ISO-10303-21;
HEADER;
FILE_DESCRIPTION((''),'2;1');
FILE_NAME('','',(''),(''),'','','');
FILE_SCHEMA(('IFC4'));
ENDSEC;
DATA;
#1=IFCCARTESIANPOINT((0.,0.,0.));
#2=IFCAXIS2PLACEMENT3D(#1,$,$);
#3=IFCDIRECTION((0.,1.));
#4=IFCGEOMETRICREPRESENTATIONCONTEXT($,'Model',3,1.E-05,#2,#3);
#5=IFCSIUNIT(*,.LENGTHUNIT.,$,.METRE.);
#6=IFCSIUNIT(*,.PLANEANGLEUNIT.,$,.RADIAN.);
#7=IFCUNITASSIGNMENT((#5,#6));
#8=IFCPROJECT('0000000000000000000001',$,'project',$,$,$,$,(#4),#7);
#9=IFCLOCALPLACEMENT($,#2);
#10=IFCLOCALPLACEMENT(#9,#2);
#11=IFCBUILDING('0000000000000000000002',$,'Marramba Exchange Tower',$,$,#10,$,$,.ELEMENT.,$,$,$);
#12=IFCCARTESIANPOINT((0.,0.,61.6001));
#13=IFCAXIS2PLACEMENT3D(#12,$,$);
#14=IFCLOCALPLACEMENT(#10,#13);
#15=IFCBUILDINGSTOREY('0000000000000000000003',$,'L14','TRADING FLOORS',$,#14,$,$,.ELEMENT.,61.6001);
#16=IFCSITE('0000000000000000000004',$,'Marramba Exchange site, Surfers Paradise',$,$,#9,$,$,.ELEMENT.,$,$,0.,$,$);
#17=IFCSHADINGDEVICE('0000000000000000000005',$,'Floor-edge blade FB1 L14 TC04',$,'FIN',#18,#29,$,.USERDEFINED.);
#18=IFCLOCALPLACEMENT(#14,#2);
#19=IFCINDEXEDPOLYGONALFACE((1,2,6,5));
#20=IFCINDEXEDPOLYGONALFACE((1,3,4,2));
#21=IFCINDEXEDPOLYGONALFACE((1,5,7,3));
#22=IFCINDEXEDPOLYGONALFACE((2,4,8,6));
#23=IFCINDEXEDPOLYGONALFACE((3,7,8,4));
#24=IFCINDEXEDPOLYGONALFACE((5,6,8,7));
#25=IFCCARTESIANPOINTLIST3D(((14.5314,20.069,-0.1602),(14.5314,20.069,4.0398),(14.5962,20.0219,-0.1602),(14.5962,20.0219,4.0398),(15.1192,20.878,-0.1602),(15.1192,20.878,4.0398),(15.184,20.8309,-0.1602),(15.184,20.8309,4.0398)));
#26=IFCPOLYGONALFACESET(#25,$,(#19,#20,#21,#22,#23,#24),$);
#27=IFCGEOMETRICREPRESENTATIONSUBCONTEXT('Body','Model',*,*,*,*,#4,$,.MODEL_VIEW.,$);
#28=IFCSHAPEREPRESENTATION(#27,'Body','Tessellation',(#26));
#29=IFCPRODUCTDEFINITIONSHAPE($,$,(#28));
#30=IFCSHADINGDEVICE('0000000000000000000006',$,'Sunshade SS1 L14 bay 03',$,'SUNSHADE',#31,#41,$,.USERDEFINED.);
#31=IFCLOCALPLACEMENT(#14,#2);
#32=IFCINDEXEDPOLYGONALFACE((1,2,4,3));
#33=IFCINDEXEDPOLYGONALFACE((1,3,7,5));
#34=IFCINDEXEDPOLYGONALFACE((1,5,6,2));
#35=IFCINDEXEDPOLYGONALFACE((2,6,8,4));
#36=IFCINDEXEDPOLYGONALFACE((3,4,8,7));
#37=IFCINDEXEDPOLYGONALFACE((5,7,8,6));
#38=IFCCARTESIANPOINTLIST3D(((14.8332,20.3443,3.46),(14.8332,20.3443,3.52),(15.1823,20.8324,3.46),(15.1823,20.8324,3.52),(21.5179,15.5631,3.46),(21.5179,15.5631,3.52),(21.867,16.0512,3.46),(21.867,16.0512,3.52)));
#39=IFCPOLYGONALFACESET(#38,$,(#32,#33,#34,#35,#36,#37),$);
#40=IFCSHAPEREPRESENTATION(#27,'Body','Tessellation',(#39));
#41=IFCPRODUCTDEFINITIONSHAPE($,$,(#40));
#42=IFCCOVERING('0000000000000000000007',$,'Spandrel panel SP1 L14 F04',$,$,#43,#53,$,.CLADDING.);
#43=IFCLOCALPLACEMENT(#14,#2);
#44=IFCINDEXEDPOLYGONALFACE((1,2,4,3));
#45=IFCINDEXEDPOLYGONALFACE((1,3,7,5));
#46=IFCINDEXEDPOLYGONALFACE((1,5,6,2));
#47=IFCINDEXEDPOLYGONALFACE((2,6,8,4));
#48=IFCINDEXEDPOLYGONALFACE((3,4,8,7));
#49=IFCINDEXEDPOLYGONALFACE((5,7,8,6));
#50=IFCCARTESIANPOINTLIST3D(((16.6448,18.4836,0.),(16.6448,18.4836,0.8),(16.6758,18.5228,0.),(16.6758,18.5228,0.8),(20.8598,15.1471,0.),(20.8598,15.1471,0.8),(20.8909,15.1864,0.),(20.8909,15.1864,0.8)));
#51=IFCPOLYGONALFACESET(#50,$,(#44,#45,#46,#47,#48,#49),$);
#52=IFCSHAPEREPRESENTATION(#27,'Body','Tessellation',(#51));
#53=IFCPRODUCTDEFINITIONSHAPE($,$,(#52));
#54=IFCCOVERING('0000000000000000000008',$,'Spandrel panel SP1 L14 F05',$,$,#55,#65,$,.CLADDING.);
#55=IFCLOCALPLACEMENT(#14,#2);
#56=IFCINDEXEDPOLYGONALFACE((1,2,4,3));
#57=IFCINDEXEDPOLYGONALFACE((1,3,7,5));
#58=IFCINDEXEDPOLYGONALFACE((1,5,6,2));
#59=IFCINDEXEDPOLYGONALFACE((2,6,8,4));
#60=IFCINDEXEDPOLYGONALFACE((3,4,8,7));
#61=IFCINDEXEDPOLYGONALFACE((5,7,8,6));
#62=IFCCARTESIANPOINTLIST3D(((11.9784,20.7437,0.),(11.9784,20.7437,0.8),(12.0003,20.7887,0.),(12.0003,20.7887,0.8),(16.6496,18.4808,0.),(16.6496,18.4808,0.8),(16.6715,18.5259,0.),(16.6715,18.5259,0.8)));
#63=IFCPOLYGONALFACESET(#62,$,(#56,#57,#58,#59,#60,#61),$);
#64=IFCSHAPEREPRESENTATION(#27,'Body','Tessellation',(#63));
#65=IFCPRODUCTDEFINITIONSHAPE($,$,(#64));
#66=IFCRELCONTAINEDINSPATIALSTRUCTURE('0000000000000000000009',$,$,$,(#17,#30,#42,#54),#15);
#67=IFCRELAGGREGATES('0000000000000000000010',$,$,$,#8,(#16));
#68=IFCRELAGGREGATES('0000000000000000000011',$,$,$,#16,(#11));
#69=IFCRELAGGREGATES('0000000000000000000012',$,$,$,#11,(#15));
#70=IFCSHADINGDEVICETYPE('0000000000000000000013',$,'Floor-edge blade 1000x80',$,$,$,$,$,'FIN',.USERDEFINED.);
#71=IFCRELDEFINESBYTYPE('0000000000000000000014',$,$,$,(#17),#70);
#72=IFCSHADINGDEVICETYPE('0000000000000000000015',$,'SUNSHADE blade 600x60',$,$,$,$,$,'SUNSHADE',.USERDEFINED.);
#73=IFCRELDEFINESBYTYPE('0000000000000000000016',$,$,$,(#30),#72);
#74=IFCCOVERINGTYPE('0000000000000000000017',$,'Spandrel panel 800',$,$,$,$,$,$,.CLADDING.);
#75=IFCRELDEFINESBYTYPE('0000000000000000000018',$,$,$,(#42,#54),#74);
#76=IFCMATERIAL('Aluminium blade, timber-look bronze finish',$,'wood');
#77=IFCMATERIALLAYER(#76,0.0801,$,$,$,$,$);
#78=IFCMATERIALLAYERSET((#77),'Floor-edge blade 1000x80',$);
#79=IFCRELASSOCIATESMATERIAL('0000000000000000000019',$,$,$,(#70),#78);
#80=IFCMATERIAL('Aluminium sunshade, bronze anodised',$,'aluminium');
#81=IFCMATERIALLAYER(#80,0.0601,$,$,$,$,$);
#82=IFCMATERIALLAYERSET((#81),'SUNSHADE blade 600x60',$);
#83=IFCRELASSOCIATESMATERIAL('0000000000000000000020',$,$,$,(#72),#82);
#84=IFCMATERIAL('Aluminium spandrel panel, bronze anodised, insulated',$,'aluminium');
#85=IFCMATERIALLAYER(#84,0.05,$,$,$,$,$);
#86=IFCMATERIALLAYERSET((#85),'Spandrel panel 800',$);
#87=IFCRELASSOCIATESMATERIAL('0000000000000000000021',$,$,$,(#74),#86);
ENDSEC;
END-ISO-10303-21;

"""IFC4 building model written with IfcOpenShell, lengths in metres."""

from ifc_helpers import new_model, si_unit, direction, frame, origin, origin_2d, place, context, subcontext, project, spatial, rectangle, extrude, material, layer, layer_set, type_object, element, save


model = new_model("IFC4")

# Units and contexts
model_context = context("Model", 3, precision=1e-05, world=origin(), true_north=direction((0.0, 1.0)))
body_context = subcontext(model_context, "Body", "Model", "MODEL_VIEW")
ifc_project = project(units=[si_unit("LENGTHUNIT", "METRE"), si_unit("PLANEANGLEUNIT", "RADIAN")], contexts=[model_context])

# Site, building, storey
site_placement = place(None, origin())
site = spatial("IfcSite", under=ifc_project, at=site_placement, Name="Marramba Exchange site, Surfers Paradise", CompositionType="ELEMENT", RefElevation=0.0)
building_placement = place(site_placement, origin())
building = spatial("IfcBuilding", under=site, at=building_placement, Name="Marramba Exchange Tower", CompositionType="ELEMENT")
storey_placement = place(building_placement, frame((0.0, 0.0, 61.6001)))
storey = spatial("IfcBuildingStorey", under=building, at=storey_placement, Name="L14", Description="TRADING FLOORS", CompositionType="ELEMENT", Elevation=61.6001)

# Shading devices
ifc_material_1 = material(Name="Aluminium blade, timber-look bronze finish", Category="wood")
ifc_layer_1 = layer(ifc_material_1, 0.0801)
ifc_layer_set_1 = layer_set([ifc_layer_1], Name="Floor-edge blade 1000x80")
shading_device_type_1 = type_object("IfcShadingDeviceType", Name="Floor-edge blade 1000x80", ElementType="FIN", PredefinedType="USERDEFINED", material=ifc_layer_set_1)
for number, where, z_axis, x_axis, name in (
    (1, (14.8577, 20.45, -0.1602), (0.0, 0.0, 1.0), (0.587785, 0.809017, 0.0), "Floor-edge blade FB1 L14 TC04"),
):
    element("IfcShadingDevice", number, at=place(storey_placement, frame(where, z_axis=z_axis, x_axis=x_axis)), inside=storey, type_object=shading_device_type_1, Name=name, ObjectType="FIN", PredefinedType="USERDEFINED", context=body_context, shape_type="SweptSolid", body=[
        extrude(rectangle(XDim=1.0, YDim=0.0801, at=origin_2d()), origin(), (0.0, 0.0, 1.0), 4.2),
    ])
ifc_material_2 = material(Name="Aluminium sunshade, bronze anodised", Category="aluminium")
ifc_layer_2 = layer(ifc_material_2, 0.0601)
ifc_layer_set_2 = layer_set([ifc_layer_2], Name="SUNSHADE blade 600x60")
shading_device_type_2 = type_object("IfcShadingDeviceType", Name="SUNSHADE blade 600x60", ElementType="SUNSHADE", PredefinedType="USERDEFINED", material=ifc_layer_set_2)
shading_device_placement = place(storey_placement, frame((18.3501, 18.1978, 3.46), z_axis=(0.0, 0.0, 1.0), x_axis=(-0.813363, 0.581757, 0.0)))
element("IfcShadingDevice", 2, at=shading_device_placement, inside=storey, type_object=shading_device_type_2, Name="Sunshade SS1 L14 bay 03", ObjectType="SUNSHADE", PredefinedType="USERDEFINED", context=body_context, shape_type="SweptSolid", body=[
    extrude(rectangle(XDim=8.2185, YDim=0.6001, at=origin_2d()), origin(), (0.0, 0.0, 1.0), 0.0601),
])

# Coverings
ifc_material_3 = material(Name="Aluminium spandrel panel, bronze anodised, insulated", Category="aluminium")
ifc_layer_3 = layer(ifc_material_3, 0.05)
ifc_layer_set_3 = layer_set([ifc_layer_3], Name="Spandrel panel 800")
covering_type = type_object("IfcCoveringType", Name="Spandrel panel 800", PredefinedType="CLADDING", material=ifc_layer_set_3)
covering_1_placement = place(storey_placement, frame((18.7678, 16.835, 0.0), z_axis=(0.0, 0.0, 1.0), x_axis=(-0.784088, 0.62065, 0.0)))
element("IfcCovering", 3, at=covering_1_placement, inside=storey, type_object=covering_type, Name="Spandrel panel SP1 L14 F04", PredefinedType="CLADDING", context=body_context, shape_type="SweptSolid", body=[
    extrude(rectangle(XDim=5.3757, YDim=0.05, at=origin_2d()), origin(), (0.0, 0.0, 1.0), 0.8),
])
covering_2_placement = place(storey_placement, frame((14.325, 19.6348, 0.0), z_axis=(0.0, 0.0, 1.0), x_axis=(-0.899963, 0.435965, 0.0)))
element("IfcCovering", 4, at=covering_2_placement, inside=storey, type_object=covering_type, Name="Spandrel panel SP1 L14 F05", PredefinedType="CLADDING", context=body_context, shape_type="SweptSolid", body=[
    extrude(rectangle(XDim=5.1904, YDim=0.05, at=origin_2d()), origin(), (0.0, 0.0, 1.0), 0.8),
])

save(model, "model.ifc")
